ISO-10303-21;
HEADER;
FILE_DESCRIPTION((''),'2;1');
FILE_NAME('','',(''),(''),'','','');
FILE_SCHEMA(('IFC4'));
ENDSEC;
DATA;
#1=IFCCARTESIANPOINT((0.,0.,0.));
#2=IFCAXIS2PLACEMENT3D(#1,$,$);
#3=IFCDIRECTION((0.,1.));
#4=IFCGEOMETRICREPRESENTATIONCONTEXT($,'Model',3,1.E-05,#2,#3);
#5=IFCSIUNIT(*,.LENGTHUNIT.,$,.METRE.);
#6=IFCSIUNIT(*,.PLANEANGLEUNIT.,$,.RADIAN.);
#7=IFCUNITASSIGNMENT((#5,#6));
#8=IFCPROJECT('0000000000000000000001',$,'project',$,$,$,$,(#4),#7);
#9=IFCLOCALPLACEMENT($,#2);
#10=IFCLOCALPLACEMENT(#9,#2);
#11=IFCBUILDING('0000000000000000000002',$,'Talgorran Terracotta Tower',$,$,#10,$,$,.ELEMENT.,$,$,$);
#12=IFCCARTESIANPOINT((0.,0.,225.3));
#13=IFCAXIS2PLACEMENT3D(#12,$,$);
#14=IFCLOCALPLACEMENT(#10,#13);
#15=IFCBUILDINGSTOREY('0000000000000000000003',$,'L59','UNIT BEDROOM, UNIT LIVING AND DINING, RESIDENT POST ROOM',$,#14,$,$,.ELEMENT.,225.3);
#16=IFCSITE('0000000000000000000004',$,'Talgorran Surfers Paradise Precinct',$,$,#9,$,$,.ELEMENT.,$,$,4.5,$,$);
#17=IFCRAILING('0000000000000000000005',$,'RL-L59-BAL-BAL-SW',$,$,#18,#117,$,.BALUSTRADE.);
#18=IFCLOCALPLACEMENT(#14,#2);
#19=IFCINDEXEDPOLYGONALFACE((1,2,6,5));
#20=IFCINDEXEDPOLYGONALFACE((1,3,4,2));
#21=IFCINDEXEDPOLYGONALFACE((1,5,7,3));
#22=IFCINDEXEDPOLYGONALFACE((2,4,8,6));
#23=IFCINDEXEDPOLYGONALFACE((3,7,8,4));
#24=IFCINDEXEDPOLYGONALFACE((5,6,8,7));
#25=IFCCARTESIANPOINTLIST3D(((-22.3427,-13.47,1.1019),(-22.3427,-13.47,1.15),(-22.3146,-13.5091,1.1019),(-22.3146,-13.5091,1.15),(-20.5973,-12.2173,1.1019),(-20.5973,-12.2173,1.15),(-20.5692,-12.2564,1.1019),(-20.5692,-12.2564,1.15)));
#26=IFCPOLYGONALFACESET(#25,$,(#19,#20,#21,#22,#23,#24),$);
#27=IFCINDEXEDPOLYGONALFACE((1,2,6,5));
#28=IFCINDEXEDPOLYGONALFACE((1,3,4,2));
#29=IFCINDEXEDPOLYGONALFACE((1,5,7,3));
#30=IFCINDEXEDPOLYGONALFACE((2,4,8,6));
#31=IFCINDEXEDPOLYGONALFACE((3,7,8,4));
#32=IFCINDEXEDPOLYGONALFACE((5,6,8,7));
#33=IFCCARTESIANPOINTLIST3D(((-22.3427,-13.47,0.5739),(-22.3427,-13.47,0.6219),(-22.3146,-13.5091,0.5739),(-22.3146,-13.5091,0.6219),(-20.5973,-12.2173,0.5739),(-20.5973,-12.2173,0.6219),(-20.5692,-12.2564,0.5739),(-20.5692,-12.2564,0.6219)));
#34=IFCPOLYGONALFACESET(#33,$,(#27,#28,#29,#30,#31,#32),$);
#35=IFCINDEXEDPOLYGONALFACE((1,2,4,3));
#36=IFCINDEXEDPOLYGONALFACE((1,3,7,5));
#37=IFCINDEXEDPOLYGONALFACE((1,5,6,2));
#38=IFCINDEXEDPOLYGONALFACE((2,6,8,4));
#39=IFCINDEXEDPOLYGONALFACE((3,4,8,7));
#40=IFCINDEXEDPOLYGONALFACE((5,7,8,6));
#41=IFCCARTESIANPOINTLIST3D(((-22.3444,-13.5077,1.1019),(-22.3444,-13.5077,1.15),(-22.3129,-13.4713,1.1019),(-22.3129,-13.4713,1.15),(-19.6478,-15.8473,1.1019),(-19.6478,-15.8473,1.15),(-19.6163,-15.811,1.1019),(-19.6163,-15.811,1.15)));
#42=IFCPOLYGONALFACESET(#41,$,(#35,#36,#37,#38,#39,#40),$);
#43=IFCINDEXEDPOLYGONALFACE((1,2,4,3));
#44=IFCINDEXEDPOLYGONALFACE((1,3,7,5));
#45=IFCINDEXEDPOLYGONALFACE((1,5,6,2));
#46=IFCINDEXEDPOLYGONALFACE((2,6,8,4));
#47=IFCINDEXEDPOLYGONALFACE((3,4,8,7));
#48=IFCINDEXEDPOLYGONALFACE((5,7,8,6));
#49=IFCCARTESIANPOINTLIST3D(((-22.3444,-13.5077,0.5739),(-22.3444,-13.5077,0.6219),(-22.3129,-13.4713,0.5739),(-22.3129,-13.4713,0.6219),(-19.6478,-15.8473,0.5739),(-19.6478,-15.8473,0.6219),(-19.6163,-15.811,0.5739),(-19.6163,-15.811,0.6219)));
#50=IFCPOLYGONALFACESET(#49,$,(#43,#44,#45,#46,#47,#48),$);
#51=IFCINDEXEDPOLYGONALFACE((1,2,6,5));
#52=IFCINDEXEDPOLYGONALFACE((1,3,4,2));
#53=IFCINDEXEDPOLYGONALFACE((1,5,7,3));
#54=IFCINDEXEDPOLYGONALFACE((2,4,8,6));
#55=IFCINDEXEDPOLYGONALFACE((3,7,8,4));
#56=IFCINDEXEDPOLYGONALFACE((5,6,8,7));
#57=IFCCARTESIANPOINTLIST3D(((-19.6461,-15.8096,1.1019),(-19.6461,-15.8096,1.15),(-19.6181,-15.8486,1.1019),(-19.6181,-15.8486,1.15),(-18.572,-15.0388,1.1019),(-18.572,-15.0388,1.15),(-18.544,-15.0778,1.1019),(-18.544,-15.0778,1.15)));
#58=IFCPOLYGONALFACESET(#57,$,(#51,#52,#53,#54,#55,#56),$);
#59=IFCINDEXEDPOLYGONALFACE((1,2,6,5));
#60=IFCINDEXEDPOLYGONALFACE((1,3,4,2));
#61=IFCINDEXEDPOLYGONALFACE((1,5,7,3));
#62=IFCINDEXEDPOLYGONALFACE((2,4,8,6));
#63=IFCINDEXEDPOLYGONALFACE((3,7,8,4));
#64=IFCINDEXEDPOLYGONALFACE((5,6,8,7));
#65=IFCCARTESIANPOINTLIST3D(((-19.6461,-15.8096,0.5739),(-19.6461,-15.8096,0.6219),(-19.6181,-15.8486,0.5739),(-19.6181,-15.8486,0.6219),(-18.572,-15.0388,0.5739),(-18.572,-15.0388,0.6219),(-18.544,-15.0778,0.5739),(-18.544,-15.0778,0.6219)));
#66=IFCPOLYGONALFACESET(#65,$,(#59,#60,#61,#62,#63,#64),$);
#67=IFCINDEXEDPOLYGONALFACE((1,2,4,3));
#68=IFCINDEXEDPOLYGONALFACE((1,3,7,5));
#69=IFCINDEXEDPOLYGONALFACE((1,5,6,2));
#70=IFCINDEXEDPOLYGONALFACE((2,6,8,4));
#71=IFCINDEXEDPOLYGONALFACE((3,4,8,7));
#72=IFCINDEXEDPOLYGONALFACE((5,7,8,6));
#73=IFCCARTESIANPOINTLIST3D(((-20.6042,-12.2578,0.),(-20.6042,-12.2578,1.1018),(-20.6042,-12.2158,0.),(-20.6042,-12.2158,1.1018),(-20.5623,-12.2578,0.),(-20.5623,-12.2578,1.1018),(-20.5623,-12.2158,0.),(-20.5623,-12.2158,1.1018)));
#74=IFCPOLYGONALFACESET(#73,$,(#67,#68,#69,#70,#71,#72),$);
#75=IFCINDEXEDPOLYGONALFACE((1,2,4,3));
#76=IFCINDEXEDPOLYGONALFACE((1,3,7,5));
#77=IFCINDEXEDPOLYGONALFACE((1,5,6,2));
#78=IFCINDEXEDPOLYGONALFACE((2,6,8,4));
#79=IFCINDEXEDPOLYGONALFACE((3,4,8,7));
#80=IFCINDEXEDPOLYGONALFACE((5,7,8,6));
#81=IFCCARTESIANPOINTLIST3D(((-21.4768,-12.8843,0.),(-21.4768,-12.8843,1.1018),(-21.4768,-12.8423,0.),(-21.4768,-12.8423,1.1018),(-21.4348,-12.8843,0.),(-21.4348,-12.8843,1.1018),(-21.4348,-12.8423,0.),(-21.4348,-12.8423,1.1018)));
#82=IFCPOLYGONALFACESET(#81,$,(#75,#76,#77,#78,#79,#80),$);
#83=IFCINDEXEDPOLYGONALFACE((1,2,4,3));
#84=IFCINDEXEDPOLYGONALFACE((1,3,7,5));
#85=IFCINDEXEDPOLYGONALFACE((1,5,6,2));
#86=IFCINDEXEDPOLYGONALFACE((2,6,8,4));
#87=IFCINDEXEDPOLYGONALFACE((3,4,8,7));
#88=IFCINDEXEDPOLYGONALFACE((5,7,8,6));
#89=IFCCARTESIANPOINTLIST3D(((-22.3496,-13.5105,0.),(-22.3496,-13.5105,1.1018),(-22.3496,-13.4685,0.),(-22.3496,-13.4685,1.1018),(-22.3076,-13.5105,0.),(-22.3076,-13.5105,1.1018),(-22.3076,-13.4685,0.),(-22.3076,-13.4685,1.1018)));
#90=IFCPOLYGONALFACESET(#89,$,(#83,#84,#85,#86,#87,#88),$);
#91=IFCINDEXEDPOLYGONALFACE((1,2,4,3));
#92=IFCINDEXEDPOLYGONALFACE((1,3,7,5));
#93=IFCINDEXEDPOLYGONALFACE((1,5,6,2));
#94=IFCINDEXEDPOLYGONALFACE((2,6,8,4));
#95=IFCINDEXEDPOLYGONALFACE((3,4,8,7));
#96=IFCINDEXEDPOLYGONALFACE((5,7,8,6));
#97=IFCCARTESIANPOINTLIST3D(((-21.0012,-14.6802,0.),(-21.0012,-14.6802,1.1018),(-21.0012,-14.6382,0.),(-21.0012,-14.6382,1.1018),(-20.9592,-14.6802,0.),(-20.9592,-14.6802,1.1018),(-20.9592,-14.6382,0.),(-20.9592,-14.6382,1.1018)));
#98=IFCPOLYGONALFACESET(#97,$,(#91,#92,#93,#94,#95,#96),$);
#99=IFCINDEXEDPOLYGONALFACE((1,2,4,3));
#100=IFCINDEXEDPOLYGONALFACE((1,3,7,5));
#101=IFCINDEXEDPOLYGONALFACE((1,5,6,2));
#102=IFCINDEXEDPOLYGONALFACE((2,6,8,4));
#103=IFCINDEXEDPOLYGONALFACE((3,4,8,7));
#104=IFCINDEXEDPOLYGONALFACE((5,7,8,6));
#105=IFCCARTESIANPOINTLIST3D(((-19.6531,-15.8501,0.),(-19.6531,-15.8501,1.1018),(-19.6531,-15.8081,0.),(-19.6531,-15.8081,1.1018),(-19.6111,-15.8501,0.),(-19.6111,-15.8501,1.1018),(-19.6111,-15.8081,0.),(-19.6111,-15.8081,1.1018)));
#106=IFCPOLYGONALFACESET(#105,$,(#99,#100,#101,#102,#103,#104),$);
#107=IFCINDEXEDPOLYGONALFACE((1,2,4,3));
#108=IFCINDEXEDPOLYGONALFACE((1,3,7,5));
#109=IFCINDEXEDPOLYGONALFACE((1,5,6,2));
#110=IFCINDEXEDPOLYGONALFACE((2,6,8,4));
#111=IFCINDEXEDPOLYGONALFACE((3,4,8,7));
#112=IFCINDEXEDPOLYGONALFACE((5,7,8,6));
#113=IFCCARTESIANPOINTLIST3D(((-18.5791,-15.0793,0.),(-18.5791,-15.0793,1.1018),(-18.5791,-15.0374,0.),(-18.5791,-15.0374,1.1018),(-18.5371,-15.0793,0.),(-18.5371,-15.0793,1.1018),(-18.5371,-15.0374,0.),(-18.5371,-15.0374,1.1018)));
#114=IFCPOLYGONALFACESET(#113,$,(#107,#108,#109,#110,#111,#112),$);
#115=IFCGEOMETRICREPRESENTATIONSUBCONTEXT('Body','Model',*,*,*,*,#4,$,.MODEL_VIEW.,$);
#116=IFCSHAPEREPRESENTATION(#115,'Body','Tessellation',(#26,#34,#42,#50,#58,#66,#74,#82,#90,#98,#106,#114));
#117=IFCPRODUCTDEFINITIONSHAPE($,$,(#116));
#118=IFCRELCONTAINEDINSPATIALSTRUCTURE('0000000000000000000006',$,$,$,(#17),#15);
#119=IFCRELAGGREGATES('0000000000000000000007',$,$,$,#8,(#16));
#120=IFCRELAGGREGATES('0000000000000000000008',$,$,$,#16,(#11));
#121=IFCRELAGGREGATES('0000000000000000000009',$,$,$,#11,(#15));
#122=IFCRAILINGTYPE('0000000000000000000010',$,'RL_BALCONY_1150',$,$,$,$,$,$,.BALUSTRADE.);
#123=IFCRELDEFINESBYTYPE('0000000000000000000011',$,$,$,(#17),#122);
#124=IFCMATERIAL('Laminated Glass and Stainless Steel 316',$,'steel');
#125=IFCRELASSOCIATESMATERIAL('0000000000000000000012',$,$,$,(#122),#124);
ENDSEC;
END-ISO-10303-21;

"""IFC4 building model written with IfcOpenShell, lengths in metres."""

from ifc_helpers import new_model, si_unit, direction, frame, origin, origin_2d, place, context, subcontext, project, spatial, rectangle, extrude, material, type_object, element, save


model = new_model("IFC4")

# Units and contexts
model_context = context("Model", 3, precision=1e-05, world=origin(), true_north=direction((0.0, 1.0)))
body_context = subcontext(model_context, "Body", "Model", "MODEL_VIEW")
ifc_project = project(units=[si_unit("LENGTHUNIT", "METRE"), si_unit("PLANEANGLEUNIT", "RADIAN")], contexts=[model_context])

# Site, building, storey
site_placement = place(None, origin())
site = spatial("IfcSite", under=ifc_project, at=site_placement, Name="Talgorran Surfers Paradise Precinct", CompositionType="ELEMENT", RefElevation=4.5)
building_placement = place(site_placement, origin())
building = spatial("IfcBuilding", under=site, at=building_placement, Name="Talgorran Terracotta Tower", CompositionType="ELEMENT")
storey_placement = place(building_placement, frame((0.0, 0.0, 225.3)))
storey = spatial("IfcBuildingStorey", under=building, at=storey_placement, Name="L59", Description="UNIT BEDROOM, UNIT LIVING AND DINING, RESIDENT POST ROOM", CompositionType="ELEMENT", Elevation=225.3)

# Railing
ifc_material_1 = material(Name="Laminated Glass and Stainless Steel 316", Category="steel")
railing_type = type_object("IfcRailingType", Name="RL_BALCONY_1150", PredefinedType="BALUSTRADE", material=ifc_material_1)
railing_placement = place(storey_placement, frame((-20.5833, -12.2368, 0.0)))
element("IfcRailing", 1, at=railing_placement, inside=storey, type_object=railing_type, Name="RL-L59-BAL-BAL-SW", PredefinedType="BALUSTRADE", context=body_context, shape_type="SweptSolid", body=[
    extrude(rectangle(XDim=0.0481, YDim=0.0481, at=origin_2d()), frame((0.0, 0.0, 1.126), z_axis=(-0.812411, -0.583086, 0.0), x_axis=(0.583086, -0.812411, 0.0)), (0.0, 0.0, 1.0), 2.1484),
    extrude(rectangle(XDim=0.0481, YDim=0.0481, at=origin_2d()), frame((0.0, 0.0, 0.5979), z_axis=(-0.812411, -0.583086, 0.0), x_axis=(0.583086, -0.812411, 0.0)), (0.0, 0.0, 1.0), 2.1484),
    extrude(rectangle(XDim=0.0481, YDim=0.0481, at=origin_2d()), frame((-1.7454, -1.2527, 1.126), z_axis=(0.755328, -0.655347, 0.0), x_axis=(0.655347, 0.755328, 0.0)), (0.0, 0.0, 1.0), 3.5701),
    extrude(rectangle(XDim=0.0481, YDim=0.0481, at=origin_2d()), frame((-1.7454, -1.2527, 0.5979), z_axis=(0.755328, -0.655347, 0.0), x_axis=(0.655347, 0.755328, 0.0)), (0.0, 0.0, 1.0), 3.5701),
    extrude(rectangle(XDim=0.0481, YDim=0.0481, at=origin_2d()), frame((0.9512, -3.5923, 1.126), z_axis=(0.812434, 0.583054, 0.0), x_axis=(-0.583054, 0.812434, 0.0)), (0.0, 0.0, 1.0), 1.322),
    extrude(rectangle(XDim=0.0481, YDim=0.0481, at=origin_2d()), frame((0.9512, -3.5923, 0.5979), z_axis=(0.812434, 0.583054, 0.0), x_axis=(-0.583054, 0.812434, 0.0)), (0.0, 0.0, 1.0), 1.322),
    extrude(rectangle(XDim=0.042, YDim=0.042, at=origin_2d()), origin(), (0.0, 0.0, 1.0), 1.1018),
    extrude(rectangle(XDim=0.042, YDim=0.042, at=origin_2d()), frame((-0.8726, -0.6265, 0.0)), (0.0, 0.0, 1.0), 1.1018),
    extrude(rectangle(XDim=0.042, YDim=0.042, at=origin_2d()), frame((-1.7454, -1.2527, 0.0)), (0.0, 0.0, 1.0), 1.1018),
    extrude(rectangle(XDim=0.042, YDim=0.042, at=origin_2d()), frame((-0.397, -2.4224, 0.0)), (0.0, 0.0, 1.0), 1.1018),
    extrude(rectangle(XDim=0.042, YDim=0.042, at=origin_2d()), frame((0.9512, -3.5923, 0.0)), (0.0, 0.0, 1.0), 1.1018),
    extrude(rectangle(XDim=0.042, YDim=0.042, at=origin_2d()), frame((2.0251, -2.8215, 0.0)), (0.0, 0.0, 1.0), 1.1018),
])

save(model, "model.ifc")
